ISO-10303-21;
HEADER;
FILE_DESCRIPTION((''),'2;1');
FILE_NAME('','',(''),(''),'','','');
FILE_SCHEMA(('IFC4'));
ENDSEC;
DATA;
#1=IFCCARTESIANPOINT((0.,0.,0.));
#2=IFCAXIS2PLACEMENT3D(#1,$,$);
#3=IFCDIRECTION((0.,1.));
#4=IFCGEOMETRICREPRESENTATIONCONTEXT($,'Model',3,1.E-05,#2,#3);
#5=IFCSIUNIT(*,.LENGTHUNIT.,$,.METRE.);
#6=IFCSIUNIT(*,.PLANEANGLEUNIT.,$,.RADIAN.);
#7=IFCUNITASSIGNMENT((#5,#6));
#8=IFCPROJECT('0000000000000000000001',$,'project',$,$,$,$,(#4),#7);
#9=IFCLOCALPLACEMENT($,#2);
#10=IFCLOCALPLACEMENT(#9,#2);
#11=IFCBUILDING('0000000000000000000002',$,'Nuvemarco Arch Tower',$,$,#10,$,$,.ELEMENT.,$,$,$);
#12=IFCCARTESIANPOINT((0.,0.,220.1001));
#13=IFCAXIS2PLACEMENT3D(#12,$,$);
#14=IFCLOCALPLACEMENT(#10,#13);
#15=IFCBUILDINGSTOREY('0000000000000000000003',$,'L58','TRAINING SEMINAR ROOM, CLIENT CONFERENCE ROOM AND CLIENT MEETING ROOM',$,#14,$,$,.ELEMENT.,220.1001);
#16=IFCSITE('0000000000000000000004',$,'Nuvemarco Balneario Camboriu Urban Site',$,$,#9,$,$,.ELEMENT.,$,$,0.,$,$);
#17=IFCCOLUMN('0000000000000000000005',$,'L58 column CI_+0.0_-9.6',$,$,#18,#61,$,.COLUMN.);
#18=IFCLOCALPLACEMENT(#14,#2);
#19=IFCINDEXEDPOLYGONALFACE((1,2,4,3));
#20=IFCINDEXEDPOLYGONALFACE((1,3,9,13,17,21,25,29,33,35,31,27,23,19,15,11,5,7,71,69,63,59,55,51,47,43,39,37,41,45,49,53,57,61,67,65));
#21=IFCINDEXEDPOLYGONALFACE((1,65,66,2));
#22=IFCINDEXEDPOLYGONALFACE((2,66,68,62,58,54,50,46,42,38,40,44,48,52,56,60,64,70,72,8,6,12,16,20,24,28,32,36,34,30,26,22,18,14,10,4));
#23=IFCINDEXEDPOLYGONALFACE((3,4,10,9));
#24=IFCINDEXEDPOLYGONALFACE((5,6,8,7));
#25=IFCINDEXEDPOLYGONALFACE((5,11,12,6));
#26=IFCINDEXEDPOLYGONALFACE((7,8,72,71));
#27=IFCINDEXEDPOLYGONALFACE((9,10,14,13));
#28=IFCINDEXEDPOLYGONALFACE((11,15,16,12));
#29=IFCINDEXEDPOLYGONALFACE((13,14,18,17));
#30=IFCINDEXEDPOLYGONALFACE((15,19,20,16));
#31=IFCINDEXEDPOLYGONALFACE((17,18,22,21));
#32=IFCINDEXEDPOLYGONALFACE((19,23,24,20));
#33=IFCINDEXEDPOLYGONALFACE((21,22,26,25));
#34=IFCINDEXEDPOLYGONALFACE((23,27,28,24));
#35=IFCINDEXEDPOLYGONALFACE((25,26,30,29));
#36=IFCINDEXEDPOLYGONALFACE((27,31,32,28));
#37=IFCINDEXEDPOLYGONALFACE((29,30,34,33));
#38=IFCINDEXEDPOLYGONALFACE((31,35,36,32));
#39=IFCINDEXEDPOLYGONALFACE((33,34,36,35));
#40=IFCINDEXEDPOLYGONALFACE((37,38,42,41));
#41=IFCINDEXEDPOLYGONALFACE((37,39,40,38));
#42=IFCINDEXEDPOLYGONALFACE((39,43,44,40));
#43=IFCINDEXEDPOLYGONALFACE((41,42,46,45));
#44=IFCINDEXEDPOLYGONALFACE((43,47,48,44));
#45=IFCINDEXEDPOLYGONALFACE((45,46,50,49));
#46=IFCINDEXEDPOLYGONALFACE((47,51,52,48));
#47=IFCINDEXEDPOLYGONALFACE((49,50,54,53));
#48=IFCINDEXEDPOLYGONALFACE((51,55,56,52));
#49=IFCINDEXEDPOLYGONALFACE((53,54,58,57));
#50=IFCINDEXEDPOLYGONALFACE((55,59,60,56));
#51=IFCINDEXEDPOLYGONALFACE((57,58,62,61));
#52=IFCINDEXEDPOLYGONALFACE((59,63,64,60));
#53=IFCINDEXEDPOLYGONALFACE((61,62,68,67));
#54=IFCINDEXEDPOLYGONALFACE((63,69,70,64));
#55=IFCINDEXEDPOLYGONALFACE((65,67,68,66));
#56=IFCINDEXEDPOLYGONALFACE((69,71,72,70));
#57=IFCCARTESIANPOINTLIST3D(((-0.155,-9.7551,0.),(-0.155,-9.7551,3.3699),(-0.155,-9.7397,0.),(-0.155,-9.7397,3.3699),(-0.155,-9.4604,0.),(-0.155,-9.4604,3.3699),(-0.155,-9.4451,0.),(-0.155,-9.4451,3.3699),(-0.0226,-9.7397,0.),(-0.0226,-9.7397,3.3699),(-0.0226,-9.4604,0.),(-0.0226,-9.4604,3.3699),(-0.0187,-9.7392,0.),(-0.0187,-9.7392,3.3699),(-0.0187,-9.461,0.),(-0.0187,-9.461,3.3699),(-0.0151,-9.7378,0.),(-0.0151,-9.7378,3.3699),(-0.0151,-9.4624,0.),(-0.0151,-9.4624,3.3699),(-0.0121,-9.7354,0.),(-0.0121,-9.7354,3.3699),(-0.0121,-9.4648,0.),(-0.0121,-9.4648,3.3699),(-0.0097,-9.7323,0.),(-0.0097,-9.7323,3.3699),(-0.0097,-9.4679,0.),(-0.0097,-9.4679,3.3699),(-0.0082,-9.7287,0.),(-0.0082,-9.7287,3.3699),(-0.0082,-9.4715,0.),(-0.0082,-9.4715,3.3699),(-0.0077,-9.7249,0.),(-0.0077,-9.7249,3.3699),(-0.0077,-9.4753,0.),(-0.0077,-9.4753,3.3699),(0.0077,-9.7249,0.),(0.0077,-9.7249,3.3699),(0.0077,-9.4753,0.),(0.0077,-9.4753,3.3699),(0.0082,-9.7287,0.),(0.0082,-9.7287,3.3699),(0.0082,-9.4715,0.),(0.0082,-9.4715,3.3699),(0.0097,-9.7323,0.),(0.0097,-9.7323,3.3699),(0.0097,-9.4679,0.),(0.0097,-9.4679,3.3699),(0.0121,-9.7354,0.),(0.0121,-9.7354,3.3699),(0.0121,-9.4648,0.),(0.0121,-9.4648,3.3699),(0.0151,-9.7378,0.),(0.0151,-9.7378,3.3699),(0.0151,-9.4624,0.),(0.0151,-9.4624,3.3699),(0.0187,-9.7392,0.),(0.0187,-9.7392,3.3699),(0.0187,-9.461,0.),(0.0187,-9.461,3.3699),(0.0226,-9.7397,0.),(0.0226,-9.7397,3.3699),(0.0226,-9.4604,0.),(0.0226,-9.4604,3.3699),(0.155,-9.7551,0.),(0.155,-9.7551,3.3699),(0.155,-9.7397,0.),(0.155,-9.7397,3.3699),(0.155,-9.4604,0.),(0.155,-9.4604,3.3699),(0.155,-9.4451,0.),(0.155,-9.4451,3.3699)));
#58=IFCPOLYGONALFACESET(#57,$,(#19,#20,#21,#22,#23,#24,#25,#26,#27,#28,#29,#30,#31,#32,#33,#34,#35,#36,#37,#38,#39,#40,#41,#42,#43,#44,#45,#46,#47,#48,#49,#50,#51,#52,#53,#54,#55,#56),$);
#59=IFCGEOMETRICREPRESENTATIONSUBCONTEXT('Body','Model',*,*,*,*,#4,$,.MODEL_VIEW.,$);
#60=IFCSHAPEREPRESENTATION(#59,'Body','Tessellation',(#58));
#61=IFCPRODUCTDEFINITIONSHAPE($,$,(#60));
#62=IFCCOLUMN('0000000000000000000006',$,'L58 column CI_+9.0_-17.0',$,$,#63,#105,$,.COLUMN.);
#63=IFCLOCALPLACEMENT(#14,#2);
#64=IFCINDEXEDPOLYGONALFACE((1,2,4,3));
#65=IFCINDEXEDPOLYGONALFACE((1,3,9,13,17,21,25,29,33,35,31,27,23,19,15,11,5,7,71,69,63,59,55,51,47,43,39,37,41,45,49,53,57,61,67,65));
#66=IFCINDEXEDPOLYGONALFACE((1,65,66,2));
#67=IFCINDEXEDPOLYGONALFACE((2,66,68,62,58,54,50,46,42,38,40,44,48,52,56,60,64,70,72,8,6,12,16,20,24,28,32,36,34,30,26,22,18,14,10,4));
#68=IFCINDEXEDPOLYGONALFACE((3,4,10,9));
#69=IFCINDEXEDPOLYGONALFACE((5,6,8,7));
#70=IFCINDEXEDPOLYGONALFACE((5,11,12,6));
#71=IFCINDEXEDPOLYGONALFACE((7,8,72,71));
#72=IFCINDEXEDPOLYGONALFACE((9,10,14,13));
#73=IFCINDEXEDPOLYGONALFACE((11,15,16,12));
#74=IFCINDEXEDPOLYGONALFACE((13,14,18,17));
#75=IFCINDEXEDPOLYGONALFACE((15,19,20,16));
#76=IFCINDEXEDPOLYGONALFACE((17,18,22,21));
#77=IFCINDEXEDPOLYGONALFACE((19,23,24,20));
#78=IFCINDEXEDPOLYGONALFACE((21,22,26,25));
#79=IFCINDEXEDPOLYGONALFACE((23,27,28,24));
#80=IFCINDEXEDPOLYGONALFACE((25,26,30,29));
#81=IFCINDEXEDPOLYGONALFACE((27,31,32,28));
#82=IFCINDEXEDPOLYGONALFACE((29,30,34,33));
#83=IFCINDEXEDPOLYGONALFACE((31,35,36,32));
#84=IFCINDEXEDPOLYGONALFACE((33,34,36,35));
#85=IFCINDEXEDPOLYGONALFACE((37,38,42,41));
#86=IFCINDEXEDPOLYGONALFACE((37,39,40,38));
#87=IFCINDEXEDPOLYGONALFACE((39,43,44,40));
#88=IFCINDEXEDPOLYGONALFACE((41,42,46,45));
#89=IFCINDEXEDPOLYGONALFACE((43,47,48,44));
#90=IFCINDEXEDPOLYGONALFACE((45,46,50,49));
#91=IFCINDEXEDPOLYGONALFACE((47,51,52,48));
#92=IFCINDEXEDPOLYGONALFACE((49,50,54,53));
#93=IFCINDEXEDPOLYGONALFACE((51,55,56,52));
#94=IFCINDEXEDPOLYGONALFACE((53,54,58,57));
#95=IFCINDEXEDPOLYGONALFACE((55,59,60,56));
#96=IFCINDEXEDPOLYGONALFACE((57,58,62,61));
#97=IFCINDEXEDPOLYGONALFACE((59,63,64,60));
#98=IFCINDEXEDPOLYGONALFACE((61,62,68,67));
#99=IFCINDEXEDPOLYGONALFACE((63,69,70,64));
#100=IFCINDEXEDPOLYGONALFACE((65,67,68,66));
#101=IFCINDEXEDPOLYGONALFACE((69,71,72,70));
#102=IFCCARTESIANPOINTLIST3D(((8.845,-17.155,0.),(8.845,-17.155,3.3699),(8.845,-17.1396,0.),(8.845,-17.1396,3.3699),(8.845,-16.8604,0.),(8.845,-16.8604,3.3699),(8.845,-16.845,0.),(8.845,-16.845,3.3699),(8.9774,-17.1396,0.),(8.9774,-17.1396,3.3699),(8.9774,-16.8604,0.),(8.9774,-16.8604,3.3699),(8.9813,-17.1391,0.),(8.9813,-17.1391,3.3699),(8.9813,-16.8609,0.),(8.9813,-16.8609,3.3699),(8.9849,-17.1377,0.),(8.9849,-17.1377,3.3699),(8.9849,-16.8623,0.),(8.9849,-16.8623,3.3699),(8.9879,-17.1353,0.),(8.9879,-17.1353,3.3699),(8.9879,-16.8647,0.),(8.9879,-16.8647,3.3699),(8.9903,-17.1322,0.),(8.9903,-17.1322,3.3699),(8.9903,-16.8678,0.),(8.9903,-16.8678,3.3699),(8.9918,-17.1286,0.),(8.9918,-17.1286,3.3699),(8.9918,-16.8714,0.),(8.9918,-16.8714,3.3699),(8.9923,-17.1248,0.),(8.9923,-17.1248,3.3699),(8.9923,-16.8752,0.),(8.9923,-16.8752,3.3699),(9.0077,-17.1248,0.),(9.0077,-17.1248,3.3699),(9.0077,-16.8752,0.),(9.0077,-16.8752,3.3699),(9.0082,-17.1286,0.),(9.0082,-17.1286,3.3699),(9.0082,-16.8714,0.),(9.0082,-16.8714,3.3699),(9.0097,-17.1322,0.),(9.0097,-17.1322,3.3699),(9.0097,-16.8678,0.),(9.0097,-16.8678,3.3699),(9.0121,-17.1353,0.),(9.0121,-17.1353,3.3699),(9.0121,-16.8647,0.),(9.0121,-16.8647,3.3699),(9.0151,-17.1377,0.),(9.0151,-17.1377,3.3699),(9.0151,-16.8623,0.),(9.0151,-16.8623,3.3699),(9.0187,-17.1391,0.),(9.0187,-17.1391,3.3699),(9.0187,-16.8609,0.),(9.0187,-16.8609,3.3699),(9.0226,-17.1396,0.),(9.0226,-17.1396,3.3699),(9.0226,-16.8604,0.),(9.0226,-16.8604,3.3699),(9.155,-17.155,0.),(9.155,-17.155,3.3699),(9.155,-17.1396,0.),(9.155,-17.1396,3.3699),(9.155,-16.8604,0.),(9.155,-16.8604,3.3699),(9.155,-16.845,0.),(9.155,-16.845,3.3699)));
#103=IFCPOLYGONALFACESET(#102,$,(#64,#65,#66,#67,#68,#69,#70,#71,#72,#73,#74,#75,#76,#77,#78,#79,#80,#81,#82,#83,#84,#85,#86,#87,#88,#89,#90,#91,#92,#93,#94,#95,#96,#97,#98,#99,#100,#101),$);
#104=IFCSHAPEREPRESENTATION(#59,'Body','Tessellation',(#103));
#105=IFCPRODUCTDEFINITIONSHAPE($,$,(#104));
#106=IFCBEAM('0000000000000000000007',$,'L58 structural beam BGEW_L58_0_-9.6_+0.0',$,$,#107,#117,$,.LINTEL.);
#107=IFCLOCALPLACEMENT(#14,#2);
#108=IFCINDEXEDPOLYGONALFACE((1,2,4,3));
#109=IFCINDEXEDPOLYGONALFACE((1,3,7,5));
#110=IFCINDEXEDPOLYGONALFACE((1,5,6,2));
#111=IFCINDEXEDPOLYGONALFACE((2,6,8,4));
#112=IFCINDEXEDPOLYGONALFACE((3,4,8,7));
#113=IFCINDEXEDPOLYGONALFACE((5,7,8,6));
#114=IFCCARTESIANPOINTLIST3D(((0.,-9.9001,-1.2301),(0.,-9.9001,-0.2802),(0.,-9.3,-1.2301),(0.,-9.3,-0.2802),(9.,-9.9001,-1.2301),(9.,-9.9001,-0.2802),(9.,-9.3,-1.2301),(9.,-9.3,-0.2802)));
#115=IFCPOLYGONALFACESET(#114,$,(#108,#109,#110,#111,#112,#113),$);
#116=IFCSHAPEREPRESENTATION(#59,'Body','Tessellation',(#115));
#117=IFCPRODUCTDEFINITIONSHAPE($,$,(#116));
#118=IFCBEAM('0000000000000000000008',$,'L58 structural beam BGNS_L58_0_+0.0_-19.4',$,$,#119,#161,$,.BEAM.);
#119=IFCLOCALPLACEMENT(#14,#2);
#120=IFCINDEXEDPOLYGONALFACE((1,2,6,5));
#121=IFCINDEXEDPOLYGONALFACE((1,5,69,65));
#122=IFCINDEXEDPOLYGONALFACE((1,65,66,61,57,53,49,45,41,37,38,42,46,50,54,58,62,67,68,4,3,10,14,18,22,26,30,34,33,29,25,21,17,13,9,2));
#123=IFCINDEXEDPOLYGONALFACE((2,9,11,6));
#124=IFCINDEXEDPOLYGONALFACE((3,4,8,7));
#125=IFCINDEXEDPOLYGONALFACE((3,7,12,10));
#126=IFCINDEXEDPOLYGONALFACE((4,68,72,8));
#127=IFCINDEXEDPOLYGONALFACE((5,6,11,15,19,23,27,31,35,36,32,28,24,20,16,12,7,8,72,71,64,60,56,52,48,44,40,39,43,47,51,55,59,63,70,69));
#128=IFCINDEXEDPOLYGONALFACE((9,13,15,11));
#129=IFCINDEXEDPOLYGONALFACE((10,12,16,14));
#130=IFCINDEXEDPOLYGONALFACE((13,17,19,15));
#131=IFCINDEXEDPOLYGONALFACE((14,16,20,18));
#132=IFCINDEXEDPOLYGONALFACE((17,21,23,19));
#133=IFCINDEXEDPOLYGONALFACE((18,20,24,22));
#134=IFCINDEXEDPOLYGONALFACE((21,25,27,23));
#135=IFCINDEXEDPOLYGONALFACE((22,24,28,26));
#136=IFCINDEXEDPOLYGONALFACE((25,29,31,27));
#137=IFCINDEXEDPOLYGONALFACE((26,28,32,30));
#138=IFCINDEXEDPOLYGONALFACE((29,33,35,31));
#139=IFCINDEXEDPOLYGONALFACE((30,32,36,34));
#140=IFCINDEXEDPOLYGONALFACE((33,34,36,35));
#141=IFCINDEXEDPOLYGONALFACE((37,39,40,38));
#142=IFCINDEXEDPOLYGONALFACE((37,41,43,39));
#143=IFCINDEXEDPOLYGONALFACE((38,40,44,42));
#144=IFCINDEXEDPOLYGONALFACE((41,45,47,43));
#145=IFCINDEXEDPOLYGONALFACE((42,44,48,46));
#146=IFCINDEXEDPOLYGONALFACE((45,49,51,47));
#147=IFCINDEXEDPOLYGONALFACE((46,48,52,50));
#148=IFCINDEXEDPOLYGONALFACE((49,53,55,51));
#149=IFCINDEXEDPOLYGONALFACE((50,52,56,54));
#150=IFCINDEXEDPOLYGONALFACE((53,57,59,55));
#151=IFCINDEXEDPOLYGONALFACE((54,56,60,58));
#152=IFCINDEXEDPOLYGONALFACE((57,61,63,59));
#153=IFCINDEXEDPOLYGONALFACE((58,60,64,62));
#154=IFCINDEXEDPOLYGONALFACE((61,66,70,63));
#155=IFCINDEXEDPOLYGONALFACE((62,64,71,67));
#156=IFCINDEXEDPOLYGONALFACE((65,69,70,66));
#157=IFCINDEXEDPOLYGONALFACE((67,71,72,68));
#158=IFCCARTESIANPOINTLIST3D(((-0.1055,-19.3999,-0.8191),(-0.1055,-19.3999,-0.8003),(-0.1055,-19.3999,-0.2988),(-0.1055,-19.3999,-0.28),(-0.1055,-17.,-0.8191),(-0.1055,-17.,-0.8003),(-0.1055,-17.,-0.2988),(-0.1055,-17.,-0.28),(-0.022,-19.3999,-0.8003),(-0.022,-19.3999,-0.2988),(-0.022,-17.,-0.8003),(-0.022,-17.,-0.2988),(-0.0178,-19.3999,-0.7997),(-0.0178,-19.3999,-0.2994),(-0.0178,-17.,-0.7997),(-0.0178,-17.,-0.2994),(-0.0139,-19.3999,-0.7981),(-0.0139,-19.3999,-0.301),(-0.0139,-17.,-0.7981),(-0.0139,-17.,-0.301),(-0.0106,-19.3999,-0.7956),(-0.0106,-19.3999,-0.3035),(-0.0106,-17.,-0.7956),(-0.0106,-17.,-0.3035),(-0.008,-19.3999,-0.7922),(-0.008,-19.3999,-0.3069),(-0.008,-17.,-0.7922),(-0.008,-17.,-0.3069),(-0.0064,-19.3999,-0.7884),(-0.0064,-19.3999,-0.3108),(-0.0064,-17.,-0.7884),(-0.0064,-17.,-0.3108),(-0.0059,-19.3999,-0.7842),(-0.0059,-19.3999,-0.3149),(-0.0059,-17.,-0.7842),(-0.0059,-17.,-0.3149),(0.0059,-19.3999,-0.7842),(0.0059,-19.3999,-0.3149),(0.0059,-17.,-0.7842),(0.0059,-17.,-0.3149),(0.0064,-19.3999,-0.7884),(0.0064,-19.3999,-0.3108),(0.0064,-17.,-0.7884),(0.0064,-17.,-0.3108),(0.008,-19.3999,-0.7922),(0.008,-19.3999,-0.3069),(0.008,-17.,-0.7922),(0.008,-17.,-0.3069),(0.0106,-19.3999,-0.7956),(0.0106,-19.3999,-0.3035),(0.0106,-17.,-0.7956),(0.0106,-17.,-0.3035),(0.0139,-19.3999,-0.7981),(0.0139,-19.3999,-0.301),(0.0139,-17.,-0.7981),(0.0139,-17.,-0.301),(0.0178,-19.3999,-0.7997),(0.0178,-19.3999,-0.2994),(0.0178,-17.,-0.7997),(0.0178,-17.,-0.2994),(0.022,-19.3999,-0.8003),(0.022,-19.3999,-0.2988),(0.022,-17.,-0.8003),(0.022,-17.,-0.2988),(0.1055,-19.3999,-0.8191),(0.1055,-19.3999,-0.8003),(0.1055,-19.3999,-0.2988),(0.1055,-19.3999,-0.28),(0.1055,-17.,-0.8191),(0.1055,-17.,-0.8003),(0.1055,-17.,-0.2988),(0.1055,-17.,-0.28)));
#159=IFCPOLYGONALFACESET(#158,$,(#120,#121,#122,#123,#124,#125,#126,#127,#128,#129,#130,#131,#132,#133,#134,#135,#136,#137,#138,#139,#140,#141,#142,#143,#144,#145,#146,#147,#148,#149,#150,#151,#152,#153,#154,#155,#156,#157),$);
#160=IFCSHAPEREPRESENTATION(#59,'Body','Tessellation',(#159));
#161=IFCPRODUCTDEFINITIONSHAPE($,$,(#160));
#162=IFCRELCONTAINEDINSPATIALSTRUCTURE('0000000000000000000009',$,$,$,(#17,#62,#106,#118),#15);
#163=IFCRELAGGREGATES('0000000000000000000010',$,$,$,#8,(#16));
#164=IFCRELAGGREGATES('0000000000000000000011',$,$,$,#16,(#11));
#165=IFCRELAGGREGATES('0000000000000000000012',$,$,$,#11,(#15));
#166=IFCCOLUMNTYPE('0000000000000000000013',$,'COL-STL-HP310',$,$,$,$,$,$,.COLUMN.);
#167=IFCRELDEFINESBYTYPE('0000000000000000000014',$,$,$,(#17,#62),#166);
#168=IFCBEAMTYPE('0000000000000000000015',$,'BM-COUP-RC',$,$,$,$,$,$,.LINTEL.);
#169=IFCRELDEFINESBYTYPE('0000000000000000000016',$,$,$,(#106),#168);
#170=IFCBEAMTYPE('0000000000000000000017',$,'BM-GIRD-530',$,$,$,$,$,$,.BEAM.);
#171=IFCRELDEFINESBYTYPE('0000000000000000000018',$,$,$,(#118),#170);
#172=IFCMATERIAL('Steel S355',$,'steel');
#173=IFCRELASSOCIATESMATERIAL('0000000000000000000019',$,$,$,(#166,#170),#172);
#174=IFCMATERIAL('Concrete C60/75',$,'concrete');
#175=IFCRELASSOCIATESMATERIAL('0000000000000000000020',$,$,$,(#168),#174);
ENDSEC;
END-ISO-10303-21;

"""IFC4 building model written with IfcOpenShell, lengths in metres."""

from ifc_helpers import new_model, si_unit, direction, frame, origin, origin_2d, place, context, subcontext, project, spatial, rectangle, i_section, extrude, material, material_profile, profile_set, type_object, element, save


model = new_model("IFC4")

# Units and contexts
model_context = context("Model", 3, precision=1e-05, world=origin(), true_north=direction((0.0, 1.0)))
body_context = subcontext(model_context, "Body", "Model", "MODEL_VIEW")
ifc_project = project(units=[si_unit("LENGTHUNIT", "METRE"), si_unit("PLANEANGLEUNIT", "RADIAN")], contexts=[model_context])

# Site, building, storey
site_placement = place(None, origin())
site = spatial("IfcSite", under=ifc_project, at=site_placement, Name="Nuvemarco Balneario Camboriu Urban Site", CompositionType="ELEMENT", RefElevation=0.0)
building_placement = place(site_placement, origin())
building = spatial("IfcBuilding", under=site, at=building_placement, Name="Nuvemarco Arch Tower", CompositionType="ELEMENT")
storey_placement = place(building_placement, frame((0.0, 0.0, 220.1001)))
storey = spatial("IfcBuildingStorey", under=building, at=storey_placement, Name="L58", Description="TRAINING SEMINAR ROOM, CLIENT CONFERENCE ROOM AND CLIENT MEETING ROOM", CompositionType="ELEMENT", Elevation=220.1001)

# Columns
ifc_material_1 = material(Name="Steel S355", Category="steel")
ifc_material_profile_1 = material_profile(ifc_material_1, i_section(OverallWidth=0.3101, OverallDepth=0.3101, WebThickness=0.0154, FlangeThickness=0.0154, FilletRadius=0.0149, at=origin_2d()), Name="HP310x110")
ifc_profile_set_1 = profile_set([ifc_material_profile_1], Name="Steel S355")
column_type_1 = type_object("IfcColumnType", Name="COL-STL-HP310", PredefinedType="COLUMN", material=ifc_profile_set_1)
for number, where, z_axis, x_axis, name in (
    (1, (0.0, -9.6001, 0.0), (0.0, 0.0, 1.0), (1.0, 0.0, 0.0), "L58 column CI_+0.0_-9.6"),
    (2, (9.0, -17.0, 0.0), (0.0, 0.0, 1.0), (1.0, 0.0, 0.0), "L58 column CI_+9.0_-17.0"),
):
    element("IfcColumn", number, at=place(storey_placement, frame(where, z_axis=z_axis, x_axis=x_axis)), inside=storey, type_object=column_type_1, Name=name, PredefinedType="COLUMN", context=body_context, shape_type="SweptSolid", body=[
        extrude(i_section(OverallWidth=0.3101, OverallDepth=0.3101, WebThickness=0.0154, FlangeThickness=0.0154, FilletRadius=0.0149, at=origin_2d()), origin(), (0.0, 0.0, 1.0), 3.3699),
    ])

# Beams
ifc_material_2 = material(Name="Concrete C60/75", Category="concrete")
ifc_material_profile_2 = material_profile(ifc_material_2, rectangle(XDim=0.6001, YDim=0.95, at=origin_2d()), Name="RC-BM-600x950")
ifc_profile_set_2 = profile_set([ifc_material_profile_2], Name="Concrete C60/75")
beam_type_1 = type_object("IfcBeamType", Name="BM-COUP-RC", PredefinedType="LINTEL", material=ifc_profile_set_2)
beam_1_placement = place(storey_placement, frame((0.0, -9.6001, -0.7551), z_axis=(1.0, 0.0, 0.0), x_axis=(0.0, 1.0, 0.0)))
element("IfcBeam", 3, at=beam_1_placement, inside=storey, type_object=beam_type_1, Name="L58 structural beam BGEW_L58_0_-9.6_+0.0", PredefinedType="LINTEL", context=body_context, shape_type="SweptSolid", body=[
    extrude(rectangle(XDim=0.6001, YDim=0.95, at=origin_2d()), origin(), (0.0, 0.0, 1.0), 9.0),
])
ifc_material_profile_3 = material_profile(ifc_material_1, i_section(OverallWidth=0.2109, OverallDepth=0.5391, WebThickness=0.0117, FlangeThickness=0.0188, FilletRadius=0.0161, at=origin_2d()), Name="W530x109")
ifc_profile_set_3 = profile_set([ifc_material_profile_3], Name="Steel S355")
beam_type_2 = type_object("IfcBeamType", Name="BM-GIRD-530", PredefinedType="BEAM", material=ifc_profile_set_3)
beam_2_placement = place(storey_placement, frame((0.0, -19.3999, -0.5496), z_axis=(0.0, 1.0, 0.0), x_axis=(-1.0, 0.0, 0.0)))
element("IfcBeam", 4, at=beam_2_placement, inside=storey, type_object=beam_type_2, Name="L58 structural beam BGNS_L58_0_+0.0_-19.4", PredefinedType="BEAM", context=body_context, shape_type="SweptSolid", body=[
    extrude(i_section(OverallWidth=0.2109, OverallDepth=0.5391, WebThickness=0.0117, FlangeThickness=0.0188, FilletRadius=0.0161, at=origin_2d()), origin(), (0.0, 0.0, 1.0), 2.3999),
])

save(model, "model.ifc")
